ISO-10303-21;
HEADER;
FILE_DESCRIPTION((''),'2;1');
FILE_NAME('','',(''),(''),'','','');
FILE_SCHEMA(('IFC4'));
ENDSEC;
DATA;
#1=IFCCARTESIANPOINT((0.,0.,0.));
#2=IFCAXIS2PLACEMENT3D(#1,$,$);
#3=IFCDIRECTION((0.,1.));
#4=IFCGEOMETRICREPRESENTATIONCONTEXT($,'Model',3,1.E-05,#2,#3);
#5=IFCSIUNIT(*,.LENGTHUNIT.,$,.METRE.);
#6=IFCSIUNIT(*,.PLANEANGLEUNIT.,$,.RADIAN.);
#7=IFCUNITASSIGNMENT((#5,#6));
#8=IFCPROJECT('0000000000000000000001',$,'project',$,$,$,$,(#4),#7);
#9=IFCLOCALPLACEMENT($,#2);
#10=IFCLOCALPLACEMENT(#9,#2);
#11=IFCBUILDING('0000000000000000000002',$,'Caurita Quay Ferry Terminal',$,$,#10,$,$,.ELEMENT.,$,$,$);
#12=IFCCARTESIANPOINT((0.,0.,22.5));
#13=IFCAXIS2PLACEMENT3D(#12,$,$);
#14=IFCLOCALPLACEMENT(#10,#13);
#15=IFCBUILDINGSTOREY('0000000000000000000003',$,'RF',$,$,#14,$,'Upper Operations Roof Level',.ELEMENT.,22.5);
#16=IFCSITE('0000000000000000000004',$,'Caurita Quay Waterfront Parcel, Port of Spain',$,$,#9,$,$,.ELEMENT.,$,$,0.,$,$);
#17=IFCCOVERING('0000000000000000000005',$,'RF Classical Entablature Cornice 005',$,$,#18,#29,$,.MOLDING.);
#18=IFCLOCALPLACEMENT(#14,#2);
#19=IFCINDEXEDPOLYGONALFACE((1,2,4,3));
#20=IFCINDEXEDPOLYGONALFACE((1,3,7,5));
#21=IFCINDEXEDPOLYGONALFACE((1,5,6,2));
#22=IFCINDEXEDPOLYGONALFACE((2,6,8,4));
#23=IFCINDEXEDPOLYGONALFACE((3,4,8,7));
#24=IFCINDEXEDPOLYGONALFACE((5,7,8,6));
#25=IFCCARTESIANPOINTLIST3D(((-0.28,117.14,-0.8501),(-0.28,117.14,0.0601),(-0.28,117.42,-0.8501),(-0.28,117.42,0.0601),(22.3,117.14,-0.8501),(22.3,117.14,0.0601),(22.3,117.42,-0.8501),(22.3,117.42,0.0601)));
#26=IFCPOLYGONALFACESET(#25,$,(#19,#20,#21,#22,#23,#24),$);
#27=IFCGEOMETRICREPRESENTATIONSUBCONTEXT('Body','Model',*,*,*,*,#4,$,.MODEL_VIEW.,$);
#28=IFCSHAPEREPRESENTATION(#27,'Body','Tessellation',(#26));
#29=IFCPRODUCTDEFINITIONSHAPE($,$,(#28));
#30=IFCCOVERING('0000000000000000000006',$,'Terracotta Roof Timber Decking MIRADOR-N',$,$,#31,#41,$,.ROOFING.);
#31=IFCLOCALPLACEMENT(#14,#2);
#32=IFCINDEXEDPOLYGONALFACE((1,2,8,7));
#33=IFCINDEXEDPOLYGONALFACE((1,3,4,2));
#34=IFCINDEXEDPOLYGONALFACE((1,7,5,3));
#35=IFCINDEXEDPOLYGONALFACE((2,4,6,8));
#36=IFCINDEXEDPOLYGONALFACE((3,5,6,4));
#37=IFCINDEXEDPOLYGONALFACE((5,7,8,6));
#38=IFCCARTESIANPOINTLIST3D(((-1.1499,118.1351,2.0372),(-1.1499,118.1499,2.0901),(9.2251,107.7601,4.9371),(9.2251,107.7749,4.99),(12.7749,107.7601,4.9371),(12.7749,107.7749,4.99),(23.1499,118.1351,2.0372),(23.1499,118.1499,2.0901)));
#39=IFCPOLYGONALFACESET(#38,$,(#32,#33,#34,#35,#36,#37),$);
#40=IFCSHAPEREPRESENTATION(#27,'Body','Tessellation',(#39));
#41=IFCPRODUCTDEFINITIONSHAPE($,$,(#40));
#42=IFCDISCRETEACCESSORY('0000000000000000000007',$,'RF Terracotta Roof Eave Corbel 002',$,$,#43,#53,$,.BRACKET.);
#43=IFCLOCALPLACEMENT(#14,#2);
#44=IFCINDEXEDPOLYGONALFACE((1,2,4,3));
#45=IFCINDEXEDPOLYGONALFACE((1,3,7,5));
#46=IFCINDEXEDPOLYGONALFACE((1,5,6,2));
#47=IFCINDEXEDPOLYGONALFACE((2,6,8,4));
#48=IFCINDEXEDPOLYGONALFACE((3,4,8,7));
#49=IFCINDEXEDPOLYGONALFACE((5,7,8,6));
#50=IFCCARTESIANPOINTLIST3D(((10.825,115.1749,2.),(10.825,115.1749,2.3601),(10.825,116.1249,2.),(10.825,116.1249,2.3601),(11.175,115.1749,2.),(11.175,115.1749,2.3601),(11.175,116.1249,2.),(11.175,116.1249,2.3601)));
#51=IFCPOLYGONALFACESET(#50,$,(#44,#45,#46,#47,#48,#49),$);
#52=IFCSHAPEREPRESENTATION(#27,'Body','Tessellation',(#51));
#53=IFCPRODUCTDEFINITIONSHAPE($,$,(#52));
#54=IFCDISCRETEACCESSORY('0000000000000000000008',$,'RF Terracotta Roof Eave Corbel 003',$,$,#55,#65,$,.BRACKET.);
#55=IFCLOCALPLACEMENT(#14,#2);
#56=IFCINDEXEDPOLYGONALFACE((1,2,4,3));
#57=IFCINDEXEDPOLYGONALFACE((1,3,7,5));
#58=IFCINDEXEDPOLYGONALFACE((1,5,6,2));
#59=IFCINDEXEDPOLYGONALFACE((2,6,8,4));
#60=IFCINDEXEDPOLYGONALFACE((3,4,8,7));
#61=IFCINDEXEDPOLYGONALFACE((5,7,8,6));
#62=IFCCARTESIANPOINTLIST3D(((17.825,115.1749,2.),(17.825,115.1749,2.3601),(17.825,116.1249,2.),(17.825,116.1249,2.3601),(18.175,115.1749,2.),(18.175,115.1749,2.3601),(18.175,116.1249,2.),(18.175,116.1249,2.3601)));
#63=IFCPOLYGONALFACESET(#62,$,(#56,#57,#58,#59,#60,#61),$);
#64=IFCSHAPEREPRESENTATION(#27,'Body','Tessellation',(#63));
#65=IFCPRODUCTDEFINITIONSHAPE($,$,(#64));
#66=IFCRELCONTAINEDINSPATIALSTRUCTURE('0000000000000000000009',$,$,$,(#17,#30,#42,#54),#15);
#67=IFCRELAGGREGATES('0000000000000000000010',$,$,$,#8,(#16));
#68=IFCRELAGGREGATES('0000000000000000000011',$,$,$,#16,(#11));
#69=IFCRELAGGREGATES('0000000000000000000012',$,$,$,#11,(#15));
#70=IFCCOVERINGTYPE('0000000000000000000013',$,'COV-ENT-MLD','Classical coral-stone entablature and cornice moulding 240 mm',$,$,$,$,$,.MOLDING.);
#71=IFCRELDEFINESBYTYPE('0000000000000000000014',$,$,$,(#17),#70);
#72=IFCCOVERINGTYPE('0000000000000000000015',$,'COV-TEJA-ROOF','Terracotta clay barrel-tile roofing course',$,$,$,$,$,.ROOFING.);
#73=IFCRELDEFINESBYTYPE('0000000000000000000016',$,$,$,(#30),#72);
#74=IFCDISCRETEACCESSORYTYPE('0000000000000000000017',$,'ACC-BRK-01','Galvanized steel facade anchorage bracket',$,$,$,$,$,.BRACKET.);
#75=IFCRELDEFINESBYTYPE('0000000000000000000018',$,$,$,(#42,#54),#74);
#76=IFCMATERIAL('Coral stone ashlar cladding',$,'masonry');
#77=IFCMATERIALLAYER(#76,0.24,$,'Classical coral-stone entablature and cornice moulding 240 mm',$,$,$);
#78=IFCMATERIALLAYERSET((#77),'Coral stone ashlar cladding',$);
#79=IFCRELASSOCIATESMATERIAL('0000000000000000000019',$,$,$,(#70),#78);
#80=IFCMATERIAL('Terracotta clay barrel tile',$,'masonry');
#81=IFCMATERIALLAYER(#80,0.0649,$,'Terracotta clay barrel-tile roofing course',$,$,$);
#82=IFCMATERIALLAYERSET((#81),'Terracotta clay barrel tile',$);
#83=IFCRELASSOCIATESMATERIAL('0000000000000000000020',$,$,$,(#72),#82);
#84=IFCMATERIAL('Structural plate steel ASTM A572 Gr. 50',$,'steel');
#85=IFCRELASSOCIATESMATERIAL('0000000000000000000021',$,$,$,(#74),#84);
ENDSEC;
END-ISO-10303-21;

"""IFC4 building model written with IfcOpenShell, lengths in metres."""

from ifc_helpers import new_model, si_unit, direction, frame, frame_2d, origin, origin_2d, place, context, subcontext, project, spatial, polyline, rectangle, outline, extrude, material, layer, layer_set, type_object, element, save


model = new_model("IFC4")

# Units and contexts
model_context = context("Model", 3, precision=1e-05, world=origin(), true_north=direction((0.0, 1.0)))
body_context = subcontext(model_context, "Body", "Model", "MODEL_VIEW")
ifc_project = project(units=[si_unit("LENGTHUNIT", "METRE"), si_unit("PLANEANGLEUNIT", "RADIAN")], contexts=[model_context])

# Site, building, storey
site_placement = place(None, origin())
site = spatial("IfcSite", under=ifc_project, at=site_placement, Name="Caurita Quay Waterfront Parcel, Port of Spain", CompositionType="ELEMENT", RefElevation=0.0)
building_placement = place(site_placement, origin())
building = spatial("IfcBuilding", under=site, at=building_placement, Name="Caurita Quay Ferry Terminal", CompositionType="ELEMENT")
storey_placement = place(building_placement, frame((0.0, 0.0, 22.5)))
storey = spatial("IfcBuildingStorey", under=building, at=storey_placement, Name="RF", LongName="Upper Operations Roof Level", CompositionType="ELEMENT", Elevation=22.5)

# Shared definitions
ifc_material_1 = material(Name="Structural plate steel ASTM A572 Gr. 50", Category="steel")

# Shared definitions
ifc_material_2 = material(Name="Terracotta clay barrel tile", Category="masonry")

# Coverings
ifc_material_3 = material(Name="Coral stone ashlar cladding", Category="masonry")
ifc_layer_1 = layer(ifc_material_3, 0.24, Name="Classical coral-stone entablature and cornice moulding 240 mm")
ifc_layer_set_1 = layer_set([ifc_layer_1], Name="Coral stone ashlar cladding")
covering_type_1 = type_object("IfcCoveringType", Name="COV-ENT-MLD", Description="Classical coral-stone entablature and cornice moulding 240 mm", PredefinedType="MOLDING", material=ifc_layer_set_1)
covering_1_placement = place(storey_placement, frame((22.3, 117.28, -0.8501), z_axis=(0.0, 0.0, 1.0), x_axis=(-1.0, 0.0, 0.0)))
element("IfcCovering", 1, at=covering_1_placement, inside=storey, type_object=covering_type_1, Name="RF Classical Entablature Cornice 005", PredefinedType="MOLDING", context=body_context, shape_type="SweptSolid", body=[
    extrude(rectangle(XDim=22.5801, YDim=0.28, at=frame_2d((11.29, 0.0))), origin(), (0.0, 0.0, 1.0), 0.9102),
])
ifc_layer_2 = layer(ifc_material_2, 0.0649, Name="Terracotta clay barrel-tile roofing course")
ifc_layer_set_2 = layer_set([ifc_layer_2], Name="Terracotta clay barrel tile")
covering_type_2 = type_object("IfcCoveringType", Name="COV-TEJA-ROOF", Description="Terracotta clay barrel-tile roofing course", PredefinedType="ROOFING", material=ifc_layer_set_2)
covering_2_placement = place(storey_placement, frame((23.1499, 118.1499, 2.0901), z_axis=(0.0, 0.269191, 0.963087), x_axis=(-1.0, 0.0, 0.0)))
element("IfcCovering", 2, at=covering_2_placement, inside=storey, type_object=covering_type_2, Name="Terracotta Roof Timber Decking MIRADOR-N", PredefinedType="ROOFING", context=body_context, shape_type="SweptSolid", body=[
    extrude(outline(polyline([(0.0, 0.0), (24.2998, 0.0), (13.9248, 10.7727), (10.375, 10.7727), (0.0, 0.0)])), origin(), (0.0, 0.0, -1.0), 0.0549),
])

# Discrete accessories
discrete_accessory_type = type_object("IfcDiscreteAccessoryType", Name="ACC-BRK-01", Description="Galvanized steel facade anchorage bracket", PredefinedType="BRACKET", material=ifc_material_1)
for number, where, z_axis, x_axis, name in (
    (3, (11.0, 115.6499, 2.0), (0.0, 0.0, 1.0), (1.0, 0.0, 0.0), "RF Terracotta Roof Eave Corbel 002"),
    (4, (18.0, 115.6499, 2.0), (0.0, 0.0, 1.0), (1.0, 0.0, 0.0), "RF Terracotta Roof Eave Corbel 003"),
):
    element("IfcDiscreteAccessory", number, at=place(storey_placement, frame(where, z_axis=z_axis, x_axis=x_axis)), inside=storey, type_object=discrete_accessory_type, Name=name, PredefinedType="BRACKET", context=body_context, shape_type="SweptSolid", body=[
        extrude(rectangle(XDim=0.3501, YDim=0.95, at=origin_2d()), origin(), (0.0, 0.0, 1.0), 0.3601),
    ])

save(model, "model.ifc")
